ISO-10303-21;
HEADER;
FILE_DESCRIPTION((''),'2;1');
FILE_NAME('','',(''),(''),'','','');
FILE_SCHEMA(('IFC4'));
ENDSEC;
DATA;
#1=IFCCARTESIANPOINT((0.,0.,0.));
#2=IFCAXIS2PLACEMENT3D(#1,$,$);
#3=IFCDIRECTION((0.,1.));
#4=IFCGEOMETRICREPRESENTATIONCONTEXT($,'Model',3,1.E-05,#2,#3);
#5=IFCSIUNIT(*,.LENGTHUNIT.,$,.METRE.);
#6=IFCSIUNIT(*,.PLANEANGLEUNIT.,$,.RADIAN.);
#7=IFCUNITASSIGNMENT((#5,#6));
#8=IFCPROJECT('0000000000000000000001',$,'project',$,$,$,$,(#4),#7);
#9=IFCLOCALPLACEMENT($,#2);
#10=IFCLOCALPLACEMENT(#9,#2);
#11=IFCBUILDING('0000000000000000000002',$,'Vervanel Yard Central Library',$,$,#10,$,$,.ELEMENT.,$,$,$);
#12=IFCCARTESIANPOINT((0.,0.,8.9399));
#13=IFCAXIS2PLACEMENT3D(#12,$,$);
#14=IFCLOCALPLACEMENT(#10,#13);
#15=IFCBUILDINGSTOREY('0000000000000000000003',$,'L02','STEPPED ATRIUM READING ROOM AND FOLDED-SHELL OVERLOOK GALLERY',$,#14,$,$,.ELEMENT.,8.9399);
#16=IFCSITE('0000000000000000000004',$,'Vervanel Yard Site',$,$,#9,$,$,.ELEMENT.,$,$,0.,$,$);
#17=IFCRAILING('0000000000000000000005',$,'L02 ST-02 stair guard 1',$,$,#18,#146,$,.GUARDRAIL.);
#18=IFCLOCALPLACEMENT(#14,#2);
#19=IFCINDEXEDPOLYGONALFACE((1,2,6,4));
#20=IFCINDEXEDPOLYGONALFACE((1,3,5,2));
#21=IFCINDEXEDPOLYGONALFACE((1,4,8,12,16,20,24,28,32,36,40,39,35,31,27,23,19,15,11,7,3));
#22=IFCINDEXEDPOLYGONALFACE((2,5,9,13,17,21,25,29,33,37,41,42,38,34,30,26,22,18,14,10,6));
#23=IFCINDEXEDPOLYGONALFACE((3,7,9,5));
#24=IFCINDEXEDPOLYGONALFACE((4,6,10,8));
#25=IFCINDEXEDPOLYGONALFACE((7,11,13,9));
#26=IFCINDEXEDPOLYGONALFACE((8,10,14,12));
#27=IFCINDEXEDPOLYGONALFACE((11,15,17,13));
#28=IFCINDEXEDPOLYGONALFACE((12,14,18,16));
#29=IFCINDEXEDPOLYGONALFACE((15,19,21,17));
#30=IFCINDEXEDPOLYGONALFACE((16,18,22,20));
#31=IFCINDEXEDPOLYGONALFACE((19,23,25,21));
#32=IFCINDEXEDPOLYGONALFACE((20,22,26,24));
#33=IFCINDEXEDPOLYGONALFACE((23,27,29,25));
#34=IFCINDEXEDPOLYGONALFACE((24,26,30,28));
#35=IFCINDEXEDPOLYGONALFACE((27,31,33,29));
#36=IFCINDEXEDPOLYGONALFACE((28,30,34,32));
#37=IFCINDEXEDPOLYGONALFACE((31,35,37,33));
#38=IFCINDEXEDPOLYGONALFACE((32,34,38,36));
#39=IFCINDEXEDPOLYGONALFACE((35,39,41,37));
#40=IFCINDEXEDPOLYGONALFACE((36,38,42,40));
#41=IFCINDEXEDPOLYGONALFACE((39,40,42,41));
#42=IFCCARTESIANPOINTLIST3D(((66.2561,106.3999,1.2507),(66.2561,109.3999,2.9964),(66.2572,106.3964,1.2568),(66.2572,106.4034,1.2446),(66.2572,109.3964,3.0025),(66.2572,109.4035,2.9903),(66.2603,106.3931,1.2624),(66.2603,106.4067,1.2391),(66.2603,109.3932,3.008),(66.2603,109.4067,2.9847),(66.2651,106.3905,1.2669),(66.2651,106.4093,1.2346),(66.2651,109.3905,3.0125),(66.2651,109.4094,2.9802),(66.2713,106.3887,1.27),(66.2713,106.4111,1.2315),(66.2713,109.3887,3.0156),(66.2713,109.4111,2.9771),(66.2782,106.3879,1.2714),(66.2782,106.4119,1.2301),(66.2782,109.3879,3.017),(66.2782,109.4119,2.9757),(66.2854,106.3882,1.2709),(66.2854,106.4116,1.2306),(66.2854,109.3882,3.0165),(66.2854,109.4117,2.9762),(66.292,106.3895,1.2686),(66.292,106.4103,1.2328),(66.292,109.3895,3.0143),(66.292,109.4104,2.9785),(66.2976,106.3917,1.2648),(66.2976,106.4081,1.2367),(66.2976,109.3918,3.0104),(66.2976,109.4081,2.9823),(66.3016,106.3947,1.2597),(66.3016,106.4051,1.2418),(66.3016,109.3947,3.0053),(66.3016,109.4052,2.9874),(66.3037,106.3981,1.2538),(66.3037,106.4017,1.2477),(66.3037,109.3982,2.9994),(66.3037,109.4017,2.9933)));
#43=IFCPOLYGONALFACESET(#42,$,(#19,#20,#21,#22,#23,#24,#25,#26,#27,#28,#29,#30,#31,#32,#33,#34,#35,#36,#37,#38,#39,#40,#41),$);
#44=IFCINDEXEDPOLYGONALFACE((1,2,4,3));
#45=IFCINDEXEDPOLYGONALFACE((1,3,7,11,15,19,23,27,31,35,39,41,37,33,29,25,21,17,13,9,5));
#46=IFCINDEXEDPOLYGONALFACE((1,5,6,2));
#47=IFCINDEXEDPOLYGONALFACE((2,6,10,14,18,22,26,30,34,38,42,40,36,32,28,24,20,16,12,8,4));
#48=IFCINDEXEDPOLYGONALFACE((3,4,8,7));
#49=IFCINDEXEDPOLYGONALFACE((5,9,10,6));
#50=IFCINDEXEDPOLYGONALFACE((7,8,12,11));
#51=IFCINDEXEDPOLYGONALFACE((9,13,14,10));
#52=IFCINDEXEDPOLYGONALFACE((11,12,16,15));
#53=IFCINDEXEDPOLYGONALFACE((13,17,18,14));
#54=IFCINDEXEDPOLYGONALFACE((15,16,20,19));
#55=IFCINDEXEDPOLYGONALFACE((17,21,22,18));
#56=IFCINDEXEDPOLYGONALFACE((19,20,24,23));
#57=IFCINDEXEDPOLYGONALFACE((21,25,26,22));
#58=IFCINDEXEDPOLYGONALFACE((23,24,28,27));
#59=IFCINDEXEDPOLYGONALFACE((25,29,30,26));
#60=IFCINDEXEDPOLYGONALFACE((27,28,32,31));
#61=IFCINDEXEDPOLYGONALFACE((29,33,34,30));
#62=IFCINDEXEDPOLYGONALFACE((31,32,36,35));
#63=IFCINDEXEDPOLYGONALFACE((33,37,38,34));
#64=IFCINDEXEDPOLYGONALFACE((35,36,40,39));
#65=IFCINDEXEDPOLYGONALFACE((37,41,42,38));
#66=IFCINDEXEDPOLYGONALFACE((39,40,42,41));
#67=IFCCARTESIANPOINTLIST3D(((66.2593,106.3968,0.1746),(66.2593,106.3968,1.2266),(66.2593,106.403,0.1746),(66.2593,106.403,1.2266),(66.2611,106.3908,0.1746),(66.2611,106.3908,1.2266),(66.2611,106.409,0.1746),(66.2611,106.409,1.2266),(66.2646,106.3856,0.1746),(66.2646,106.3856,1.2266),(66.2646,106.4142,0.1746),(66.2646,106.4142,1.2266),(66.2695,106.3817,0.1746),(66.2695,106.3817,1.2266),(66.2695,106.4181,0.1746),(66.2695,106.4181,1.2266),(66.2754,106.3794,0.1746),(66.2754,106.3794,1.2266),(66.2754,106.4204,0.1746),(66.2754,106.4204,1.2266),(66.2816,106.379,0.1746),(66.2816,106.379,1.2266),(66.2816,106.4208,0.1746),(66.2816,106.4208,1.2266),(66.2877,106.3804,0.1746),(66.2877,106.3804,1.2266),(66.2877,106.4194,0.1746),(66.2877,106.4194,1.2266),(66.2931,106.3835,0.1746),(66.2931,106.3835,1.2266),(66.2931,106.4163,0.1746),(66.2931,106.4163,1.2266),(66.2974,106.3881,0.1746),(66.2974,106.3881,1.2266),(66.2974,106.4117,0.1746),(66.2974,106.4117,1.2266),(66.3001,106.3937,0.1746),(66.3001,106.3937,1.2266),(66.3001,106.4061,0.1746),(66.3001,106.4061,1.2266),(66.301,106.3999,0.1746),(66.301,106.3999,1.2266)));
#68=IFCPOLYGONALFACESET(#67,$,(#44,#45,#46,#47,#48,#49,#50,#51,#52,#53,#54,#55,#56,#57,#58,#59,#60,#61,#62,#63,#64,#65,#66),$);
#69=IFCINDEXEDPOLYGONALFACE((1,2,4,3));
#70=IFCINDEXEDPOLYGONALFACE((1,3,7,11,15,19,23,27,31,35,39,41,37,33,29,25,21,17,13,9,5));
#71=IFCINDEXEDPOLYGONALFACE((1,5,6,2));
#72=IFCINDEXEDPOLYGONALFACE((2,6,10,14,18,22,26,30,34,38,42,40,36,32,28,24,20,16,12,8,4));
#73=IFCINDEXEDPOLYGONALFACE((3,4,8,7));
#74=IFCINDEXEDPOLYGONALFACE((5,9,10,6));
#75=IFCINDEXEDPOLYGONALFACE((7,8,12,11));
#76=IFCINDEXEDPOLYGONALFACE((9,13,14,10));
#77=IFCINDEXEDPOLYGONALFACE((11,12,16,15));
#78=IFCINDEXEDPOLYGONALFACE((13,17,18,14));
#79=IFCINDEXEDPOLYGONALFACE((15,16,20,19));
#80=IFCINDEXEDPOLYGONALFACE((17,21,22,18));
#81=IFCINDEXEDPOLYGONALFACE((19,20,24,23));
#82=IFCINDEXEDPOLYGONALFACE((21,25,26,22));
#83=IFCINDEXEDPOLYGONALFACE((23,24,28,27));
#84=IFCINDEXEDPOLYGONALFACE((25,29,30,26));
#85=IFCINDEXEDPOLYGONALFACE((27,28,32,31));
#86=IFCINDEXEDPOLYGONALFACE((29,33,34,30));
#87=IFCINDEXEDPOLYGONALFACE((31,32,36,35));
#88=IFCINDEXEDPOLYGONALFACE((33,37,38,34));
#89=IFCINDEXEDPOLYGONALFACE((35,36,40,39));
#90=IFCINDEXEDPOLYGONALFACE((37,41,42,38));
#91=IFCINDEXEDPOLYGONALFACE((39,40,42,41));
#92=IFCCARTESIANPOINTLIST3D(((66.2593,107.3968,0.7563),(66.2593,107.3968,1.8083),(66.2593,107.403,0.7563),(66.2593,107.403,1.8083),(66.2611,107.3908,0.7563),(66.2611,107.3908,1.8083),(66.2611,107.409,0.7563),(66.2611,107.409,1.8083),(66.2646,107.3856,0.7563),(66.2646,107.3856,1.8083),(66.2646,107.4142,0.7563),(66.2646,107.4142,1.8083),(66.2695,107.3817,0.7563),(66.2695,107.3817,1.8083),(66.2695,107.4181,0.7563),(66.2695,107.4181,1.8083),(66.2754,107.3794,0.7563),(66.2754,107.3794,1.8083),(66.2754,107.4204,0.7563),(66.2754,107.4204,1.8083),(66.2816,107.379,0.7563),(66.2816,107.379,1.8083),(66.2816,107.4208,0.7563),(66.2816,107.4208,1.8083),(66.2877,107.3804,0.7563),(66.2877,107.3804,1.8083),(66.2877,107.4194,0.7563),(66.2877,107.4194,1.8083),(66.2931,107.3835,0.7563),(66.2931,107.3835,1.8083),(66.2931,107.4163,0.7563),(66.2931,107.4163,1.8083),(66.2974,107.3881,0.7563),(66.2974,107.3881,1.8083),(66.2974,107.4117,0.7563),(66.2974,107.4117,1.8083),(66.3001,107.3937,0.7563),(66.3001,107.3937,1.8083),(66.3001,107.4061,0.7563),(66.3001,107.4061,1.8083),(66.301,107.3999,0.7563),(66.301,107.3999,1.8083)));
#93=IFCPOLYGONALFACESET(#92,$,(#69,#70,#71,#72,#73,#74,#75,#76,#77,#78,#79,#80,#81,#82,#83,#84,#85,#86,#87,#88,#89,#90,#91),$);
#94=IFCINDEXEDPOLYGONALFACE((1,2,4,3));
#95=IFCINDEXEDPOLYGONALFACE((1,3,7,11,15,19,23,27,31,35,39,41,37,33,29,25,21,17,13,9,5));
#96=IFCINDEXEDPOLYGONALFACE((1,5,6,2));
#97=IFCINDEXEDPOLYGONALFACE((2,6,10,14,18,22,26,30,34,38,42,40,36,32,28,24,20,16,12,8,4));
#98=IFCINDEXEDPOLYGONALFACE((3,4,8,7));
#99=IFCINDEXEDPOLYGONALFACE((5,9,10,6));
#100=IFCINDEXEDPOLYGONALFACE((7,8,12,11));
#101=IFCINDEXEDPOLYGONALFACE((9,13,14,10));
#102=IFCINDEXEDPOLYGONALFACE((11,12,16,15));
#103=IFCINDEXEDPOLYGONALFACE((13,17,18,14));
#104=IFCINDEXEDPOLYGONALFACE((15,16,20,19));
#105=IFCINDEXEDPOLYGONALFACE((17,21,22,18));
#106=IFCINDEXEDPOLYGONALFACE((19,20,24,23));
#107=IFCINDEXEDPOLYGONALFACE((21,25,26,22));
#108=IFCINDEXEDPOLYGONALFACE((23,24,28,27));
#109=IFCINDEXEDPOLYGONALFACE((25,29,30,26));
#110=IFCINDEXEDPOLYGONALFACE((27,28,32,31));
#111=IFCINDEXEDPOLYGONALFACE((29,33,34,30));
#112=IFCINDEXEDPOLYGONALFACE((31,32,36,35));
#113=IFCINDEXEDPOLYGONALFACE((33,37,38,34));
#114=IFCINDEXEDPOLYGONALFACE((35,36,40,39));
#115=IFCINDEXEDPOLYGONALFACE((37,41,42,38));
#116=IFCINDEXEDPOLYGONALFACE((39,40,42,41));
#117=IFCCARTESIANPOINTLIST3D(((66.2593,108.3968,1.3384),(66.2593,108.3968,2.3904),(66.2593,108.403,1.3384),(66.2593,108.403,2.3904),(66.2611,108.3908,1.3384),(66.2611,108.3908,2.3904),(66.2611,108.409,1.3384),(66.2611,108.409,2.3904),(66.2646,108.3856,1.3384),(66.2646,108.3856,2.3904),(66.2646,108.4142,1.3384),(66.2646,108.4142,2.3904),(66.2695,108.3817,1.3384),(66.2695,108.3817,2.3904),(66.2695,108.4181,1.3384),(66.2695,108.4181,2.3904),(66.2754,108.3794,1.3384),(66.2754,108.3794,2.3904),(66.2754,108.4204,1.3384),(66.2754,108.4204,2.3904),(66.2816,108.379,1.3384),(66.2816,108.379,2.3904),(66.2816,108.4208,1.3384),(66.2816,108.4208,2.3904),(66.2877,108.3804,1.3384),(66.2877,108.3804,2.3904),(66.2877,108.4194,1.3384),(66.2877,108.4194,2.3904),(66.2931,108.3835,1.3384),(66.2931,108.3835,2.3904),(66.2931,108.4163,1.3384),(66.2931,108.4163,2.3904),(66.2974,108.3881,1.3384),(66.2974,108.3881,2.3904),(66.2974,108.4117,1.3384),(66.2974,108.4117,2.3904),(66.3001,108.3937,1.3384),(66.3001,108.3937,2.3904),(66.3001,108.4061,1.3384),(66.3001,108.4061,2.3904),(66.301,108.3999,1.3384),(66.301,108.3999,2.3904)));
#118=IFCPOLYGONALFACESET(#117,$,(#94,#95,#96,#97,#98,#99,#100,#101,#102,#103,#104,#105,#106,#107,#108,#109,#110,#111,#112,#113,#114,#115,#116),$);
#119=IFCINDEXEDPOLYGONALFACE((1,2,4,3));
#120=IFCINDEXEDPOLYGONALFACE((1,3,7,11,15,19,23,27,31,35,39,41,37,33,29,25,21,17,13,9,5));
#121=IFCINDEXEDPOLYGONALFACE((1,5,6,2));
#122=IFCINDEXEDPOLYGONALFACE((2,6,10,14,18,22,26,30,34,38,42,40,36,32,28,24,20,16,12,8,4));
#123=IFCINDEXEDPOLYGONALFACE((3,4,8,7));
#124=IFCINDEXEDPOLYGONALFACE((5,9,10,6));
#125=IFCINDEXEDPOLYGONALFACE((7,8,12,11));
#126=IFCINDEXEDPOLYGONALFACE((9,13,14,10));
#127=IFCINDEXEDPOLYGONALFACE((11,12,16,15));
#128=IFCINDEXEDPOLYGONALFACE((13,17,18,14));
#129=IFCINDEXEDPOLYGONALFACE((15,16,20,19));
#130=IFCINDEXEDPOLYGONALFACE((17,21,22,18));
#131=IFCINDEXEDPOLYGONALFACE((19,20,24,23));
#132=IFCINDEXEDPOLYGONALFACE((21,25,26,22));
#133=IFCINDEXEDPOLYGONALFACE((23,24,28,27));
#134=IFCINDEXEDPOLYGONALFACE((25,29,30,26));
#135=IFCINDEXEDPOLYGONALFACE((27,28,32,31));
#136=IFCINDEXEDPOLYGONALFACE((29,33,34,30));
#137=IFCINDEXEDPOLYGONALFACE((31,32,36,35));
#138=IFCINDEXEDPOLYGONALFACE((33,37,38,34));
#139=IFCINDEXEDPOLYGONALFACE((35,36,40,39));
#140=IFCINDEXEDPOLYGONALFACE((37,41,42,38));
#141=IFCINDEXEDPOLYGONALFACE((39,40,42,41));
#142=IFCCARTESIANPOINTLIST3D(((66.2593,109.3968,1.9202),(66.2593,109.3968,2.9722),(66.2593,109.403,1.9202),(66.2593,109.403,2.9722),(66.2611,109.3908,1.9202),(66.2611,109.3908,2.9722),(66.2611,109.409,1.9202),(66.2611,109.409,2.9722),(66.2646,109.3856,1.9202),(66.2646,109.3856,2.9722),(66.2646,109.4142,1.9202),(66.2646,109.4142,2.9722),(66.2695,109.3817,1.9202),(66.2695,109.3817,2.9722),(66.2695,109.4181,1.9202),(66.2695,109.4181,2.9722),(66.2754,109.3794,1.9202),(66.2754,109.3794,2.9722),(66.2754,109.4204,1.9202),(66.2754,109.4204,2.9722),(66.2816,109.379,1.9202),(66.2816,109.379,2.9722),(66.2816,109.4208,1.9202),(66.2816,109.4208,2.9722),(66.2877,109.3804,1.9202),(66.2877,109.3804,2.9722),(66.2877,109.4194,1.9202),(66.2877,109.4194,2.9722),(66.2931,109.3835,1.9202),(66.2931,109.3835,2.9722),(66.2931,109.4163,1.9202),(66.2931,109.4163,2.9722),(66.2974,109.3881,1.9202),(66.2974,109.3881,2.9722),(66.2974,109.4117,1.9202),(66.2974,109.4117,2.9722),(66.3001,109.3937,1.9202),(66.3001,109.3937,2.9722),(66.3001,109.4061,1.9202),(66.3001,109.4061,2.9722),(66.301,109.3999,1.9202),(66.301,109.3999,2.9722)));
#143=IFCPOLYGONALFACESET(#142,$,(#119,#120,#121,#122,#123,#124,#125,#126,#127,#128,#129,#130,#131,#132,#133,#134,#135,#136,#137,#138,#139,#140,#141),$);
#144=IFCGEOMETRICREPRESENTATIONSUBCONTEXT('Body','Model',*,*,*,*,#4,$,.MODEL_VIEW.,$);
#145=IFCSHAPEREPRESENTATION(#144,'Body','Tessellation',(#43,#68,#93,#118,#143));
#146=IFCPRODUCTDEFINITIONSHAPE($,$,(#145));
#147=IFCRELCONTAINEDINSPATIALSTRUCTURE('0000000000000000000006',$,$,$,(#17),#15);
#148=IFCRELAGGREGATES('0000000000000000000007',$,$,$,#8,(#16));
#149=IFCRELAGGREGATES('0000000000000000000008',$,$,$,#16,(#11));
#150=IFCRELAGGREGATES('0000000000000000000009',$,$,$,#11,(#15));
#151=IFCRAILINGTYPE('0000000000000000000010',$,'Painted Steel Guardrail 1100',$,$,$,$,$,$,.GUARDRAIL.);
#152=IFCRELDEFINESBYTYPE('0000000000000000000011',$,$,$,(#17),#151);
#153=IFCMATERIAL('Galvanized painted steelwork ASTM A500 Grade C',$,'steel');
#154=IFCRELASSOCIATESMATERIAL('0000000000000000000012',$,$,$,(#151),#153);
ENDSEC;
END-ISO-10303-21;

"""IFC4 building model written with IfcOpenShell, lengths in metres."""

from ifc_helpers import new_model, si_unit, direction, frame, origin, origin_2d, place, context, subcontext, project, spatial, circle, extrude, material, type_object, element, save


model = new_model("IFC4")

# Units and contexts
model_context = context("Model", 3, precision=1e-05, world=origin(), true_north=direction((0.0, 1.0)))
body_context = subcontext(model_context, "Body", "Model", "MODEL_VIEW")
ifc_project = project(units=[si_unit("LENGTHUNIT", "METRE"), si_unit("PLANEANGLEUNIT", "RADIAN")], contexts=[model_context])

# Site, building, storey
site_placement = place(None, origin())
site = spatial("IfcSite", under=ifc_project, at=site_placement, Name="Vervanel Yard Site", CompositionType="ELEMENT", RefElevation=0.0)
building_placement = place(site_placement, origin())
building = spatial("IfcBuilding", under=site, at=building_placement, Name="Vervanel Yard Central Library", CompositionType="ELEMENT")
storey_placement = place(building_placement, frame((0.0, 0.0, 8.9399)))
storey = spatial("IfcBuildingStorey", under=building, at=storey_placement, Name="L02", Description="STEPPED ATRIUM READING ROOM AND FOLDED-SHELL OVERLOOK GALLERY", CompositionType="ELEMENT", Elevation=8.9399)

# Shared definitions
ifc_material_1 = material(Name="Galvanized painted steelwork ASTM A500 Grade C", Category="steel")

# Railing
railing_type = type_object("IfcRailingType", Name="Painted Steel Guardrail 1100", PredefinedType="GUARDRAIL", material=ifc_material_1)
railing_1_placement = place(storey_placement, frame((66.28, 106.3999, 0.1746)))
element("IfcRailing", 1, at=railing_1_placement, inside=storey, type_object=railing_type, Name="L02 ST-02 stair guard 1", PredefinedType="GUARDRAIL", context=body_context, shape_type="SweptSolid", body=[
    extrude(circle(Radius=0.0239, at=origin_2d()), frame((0.0, 0.0, 1.0762), z_axis=(0.0, 0.864329, 0.502926), x_axis=(-1.0, 0.0, 0.0)), (0.0, 0.0, 1.0), 3.4709),
    extrude(circle(Radius=0.021, at=origin_2d()), origin(), (0.0, 0.0, 1.0), 1.052),
    extrude(circle(Radius=0.021, at=origin_2d()), frame((0.0, 1.0, 0.5818)), (0.0, 0.0, 1.0), 1.052),
    extrude(circle(Radius=0.021, at=origin_2d()), frame((0.0, 2.0, 1.1638)), (0.0, 0.0, 1.0), 1.052),
    extrude(circle(Radius=0.021, at=origin_2d()), frame((0.0, 3.0, 1.7456)), (0.0, 0.0, 1.0), 1.052),
])

save(model, "model.ifc")
